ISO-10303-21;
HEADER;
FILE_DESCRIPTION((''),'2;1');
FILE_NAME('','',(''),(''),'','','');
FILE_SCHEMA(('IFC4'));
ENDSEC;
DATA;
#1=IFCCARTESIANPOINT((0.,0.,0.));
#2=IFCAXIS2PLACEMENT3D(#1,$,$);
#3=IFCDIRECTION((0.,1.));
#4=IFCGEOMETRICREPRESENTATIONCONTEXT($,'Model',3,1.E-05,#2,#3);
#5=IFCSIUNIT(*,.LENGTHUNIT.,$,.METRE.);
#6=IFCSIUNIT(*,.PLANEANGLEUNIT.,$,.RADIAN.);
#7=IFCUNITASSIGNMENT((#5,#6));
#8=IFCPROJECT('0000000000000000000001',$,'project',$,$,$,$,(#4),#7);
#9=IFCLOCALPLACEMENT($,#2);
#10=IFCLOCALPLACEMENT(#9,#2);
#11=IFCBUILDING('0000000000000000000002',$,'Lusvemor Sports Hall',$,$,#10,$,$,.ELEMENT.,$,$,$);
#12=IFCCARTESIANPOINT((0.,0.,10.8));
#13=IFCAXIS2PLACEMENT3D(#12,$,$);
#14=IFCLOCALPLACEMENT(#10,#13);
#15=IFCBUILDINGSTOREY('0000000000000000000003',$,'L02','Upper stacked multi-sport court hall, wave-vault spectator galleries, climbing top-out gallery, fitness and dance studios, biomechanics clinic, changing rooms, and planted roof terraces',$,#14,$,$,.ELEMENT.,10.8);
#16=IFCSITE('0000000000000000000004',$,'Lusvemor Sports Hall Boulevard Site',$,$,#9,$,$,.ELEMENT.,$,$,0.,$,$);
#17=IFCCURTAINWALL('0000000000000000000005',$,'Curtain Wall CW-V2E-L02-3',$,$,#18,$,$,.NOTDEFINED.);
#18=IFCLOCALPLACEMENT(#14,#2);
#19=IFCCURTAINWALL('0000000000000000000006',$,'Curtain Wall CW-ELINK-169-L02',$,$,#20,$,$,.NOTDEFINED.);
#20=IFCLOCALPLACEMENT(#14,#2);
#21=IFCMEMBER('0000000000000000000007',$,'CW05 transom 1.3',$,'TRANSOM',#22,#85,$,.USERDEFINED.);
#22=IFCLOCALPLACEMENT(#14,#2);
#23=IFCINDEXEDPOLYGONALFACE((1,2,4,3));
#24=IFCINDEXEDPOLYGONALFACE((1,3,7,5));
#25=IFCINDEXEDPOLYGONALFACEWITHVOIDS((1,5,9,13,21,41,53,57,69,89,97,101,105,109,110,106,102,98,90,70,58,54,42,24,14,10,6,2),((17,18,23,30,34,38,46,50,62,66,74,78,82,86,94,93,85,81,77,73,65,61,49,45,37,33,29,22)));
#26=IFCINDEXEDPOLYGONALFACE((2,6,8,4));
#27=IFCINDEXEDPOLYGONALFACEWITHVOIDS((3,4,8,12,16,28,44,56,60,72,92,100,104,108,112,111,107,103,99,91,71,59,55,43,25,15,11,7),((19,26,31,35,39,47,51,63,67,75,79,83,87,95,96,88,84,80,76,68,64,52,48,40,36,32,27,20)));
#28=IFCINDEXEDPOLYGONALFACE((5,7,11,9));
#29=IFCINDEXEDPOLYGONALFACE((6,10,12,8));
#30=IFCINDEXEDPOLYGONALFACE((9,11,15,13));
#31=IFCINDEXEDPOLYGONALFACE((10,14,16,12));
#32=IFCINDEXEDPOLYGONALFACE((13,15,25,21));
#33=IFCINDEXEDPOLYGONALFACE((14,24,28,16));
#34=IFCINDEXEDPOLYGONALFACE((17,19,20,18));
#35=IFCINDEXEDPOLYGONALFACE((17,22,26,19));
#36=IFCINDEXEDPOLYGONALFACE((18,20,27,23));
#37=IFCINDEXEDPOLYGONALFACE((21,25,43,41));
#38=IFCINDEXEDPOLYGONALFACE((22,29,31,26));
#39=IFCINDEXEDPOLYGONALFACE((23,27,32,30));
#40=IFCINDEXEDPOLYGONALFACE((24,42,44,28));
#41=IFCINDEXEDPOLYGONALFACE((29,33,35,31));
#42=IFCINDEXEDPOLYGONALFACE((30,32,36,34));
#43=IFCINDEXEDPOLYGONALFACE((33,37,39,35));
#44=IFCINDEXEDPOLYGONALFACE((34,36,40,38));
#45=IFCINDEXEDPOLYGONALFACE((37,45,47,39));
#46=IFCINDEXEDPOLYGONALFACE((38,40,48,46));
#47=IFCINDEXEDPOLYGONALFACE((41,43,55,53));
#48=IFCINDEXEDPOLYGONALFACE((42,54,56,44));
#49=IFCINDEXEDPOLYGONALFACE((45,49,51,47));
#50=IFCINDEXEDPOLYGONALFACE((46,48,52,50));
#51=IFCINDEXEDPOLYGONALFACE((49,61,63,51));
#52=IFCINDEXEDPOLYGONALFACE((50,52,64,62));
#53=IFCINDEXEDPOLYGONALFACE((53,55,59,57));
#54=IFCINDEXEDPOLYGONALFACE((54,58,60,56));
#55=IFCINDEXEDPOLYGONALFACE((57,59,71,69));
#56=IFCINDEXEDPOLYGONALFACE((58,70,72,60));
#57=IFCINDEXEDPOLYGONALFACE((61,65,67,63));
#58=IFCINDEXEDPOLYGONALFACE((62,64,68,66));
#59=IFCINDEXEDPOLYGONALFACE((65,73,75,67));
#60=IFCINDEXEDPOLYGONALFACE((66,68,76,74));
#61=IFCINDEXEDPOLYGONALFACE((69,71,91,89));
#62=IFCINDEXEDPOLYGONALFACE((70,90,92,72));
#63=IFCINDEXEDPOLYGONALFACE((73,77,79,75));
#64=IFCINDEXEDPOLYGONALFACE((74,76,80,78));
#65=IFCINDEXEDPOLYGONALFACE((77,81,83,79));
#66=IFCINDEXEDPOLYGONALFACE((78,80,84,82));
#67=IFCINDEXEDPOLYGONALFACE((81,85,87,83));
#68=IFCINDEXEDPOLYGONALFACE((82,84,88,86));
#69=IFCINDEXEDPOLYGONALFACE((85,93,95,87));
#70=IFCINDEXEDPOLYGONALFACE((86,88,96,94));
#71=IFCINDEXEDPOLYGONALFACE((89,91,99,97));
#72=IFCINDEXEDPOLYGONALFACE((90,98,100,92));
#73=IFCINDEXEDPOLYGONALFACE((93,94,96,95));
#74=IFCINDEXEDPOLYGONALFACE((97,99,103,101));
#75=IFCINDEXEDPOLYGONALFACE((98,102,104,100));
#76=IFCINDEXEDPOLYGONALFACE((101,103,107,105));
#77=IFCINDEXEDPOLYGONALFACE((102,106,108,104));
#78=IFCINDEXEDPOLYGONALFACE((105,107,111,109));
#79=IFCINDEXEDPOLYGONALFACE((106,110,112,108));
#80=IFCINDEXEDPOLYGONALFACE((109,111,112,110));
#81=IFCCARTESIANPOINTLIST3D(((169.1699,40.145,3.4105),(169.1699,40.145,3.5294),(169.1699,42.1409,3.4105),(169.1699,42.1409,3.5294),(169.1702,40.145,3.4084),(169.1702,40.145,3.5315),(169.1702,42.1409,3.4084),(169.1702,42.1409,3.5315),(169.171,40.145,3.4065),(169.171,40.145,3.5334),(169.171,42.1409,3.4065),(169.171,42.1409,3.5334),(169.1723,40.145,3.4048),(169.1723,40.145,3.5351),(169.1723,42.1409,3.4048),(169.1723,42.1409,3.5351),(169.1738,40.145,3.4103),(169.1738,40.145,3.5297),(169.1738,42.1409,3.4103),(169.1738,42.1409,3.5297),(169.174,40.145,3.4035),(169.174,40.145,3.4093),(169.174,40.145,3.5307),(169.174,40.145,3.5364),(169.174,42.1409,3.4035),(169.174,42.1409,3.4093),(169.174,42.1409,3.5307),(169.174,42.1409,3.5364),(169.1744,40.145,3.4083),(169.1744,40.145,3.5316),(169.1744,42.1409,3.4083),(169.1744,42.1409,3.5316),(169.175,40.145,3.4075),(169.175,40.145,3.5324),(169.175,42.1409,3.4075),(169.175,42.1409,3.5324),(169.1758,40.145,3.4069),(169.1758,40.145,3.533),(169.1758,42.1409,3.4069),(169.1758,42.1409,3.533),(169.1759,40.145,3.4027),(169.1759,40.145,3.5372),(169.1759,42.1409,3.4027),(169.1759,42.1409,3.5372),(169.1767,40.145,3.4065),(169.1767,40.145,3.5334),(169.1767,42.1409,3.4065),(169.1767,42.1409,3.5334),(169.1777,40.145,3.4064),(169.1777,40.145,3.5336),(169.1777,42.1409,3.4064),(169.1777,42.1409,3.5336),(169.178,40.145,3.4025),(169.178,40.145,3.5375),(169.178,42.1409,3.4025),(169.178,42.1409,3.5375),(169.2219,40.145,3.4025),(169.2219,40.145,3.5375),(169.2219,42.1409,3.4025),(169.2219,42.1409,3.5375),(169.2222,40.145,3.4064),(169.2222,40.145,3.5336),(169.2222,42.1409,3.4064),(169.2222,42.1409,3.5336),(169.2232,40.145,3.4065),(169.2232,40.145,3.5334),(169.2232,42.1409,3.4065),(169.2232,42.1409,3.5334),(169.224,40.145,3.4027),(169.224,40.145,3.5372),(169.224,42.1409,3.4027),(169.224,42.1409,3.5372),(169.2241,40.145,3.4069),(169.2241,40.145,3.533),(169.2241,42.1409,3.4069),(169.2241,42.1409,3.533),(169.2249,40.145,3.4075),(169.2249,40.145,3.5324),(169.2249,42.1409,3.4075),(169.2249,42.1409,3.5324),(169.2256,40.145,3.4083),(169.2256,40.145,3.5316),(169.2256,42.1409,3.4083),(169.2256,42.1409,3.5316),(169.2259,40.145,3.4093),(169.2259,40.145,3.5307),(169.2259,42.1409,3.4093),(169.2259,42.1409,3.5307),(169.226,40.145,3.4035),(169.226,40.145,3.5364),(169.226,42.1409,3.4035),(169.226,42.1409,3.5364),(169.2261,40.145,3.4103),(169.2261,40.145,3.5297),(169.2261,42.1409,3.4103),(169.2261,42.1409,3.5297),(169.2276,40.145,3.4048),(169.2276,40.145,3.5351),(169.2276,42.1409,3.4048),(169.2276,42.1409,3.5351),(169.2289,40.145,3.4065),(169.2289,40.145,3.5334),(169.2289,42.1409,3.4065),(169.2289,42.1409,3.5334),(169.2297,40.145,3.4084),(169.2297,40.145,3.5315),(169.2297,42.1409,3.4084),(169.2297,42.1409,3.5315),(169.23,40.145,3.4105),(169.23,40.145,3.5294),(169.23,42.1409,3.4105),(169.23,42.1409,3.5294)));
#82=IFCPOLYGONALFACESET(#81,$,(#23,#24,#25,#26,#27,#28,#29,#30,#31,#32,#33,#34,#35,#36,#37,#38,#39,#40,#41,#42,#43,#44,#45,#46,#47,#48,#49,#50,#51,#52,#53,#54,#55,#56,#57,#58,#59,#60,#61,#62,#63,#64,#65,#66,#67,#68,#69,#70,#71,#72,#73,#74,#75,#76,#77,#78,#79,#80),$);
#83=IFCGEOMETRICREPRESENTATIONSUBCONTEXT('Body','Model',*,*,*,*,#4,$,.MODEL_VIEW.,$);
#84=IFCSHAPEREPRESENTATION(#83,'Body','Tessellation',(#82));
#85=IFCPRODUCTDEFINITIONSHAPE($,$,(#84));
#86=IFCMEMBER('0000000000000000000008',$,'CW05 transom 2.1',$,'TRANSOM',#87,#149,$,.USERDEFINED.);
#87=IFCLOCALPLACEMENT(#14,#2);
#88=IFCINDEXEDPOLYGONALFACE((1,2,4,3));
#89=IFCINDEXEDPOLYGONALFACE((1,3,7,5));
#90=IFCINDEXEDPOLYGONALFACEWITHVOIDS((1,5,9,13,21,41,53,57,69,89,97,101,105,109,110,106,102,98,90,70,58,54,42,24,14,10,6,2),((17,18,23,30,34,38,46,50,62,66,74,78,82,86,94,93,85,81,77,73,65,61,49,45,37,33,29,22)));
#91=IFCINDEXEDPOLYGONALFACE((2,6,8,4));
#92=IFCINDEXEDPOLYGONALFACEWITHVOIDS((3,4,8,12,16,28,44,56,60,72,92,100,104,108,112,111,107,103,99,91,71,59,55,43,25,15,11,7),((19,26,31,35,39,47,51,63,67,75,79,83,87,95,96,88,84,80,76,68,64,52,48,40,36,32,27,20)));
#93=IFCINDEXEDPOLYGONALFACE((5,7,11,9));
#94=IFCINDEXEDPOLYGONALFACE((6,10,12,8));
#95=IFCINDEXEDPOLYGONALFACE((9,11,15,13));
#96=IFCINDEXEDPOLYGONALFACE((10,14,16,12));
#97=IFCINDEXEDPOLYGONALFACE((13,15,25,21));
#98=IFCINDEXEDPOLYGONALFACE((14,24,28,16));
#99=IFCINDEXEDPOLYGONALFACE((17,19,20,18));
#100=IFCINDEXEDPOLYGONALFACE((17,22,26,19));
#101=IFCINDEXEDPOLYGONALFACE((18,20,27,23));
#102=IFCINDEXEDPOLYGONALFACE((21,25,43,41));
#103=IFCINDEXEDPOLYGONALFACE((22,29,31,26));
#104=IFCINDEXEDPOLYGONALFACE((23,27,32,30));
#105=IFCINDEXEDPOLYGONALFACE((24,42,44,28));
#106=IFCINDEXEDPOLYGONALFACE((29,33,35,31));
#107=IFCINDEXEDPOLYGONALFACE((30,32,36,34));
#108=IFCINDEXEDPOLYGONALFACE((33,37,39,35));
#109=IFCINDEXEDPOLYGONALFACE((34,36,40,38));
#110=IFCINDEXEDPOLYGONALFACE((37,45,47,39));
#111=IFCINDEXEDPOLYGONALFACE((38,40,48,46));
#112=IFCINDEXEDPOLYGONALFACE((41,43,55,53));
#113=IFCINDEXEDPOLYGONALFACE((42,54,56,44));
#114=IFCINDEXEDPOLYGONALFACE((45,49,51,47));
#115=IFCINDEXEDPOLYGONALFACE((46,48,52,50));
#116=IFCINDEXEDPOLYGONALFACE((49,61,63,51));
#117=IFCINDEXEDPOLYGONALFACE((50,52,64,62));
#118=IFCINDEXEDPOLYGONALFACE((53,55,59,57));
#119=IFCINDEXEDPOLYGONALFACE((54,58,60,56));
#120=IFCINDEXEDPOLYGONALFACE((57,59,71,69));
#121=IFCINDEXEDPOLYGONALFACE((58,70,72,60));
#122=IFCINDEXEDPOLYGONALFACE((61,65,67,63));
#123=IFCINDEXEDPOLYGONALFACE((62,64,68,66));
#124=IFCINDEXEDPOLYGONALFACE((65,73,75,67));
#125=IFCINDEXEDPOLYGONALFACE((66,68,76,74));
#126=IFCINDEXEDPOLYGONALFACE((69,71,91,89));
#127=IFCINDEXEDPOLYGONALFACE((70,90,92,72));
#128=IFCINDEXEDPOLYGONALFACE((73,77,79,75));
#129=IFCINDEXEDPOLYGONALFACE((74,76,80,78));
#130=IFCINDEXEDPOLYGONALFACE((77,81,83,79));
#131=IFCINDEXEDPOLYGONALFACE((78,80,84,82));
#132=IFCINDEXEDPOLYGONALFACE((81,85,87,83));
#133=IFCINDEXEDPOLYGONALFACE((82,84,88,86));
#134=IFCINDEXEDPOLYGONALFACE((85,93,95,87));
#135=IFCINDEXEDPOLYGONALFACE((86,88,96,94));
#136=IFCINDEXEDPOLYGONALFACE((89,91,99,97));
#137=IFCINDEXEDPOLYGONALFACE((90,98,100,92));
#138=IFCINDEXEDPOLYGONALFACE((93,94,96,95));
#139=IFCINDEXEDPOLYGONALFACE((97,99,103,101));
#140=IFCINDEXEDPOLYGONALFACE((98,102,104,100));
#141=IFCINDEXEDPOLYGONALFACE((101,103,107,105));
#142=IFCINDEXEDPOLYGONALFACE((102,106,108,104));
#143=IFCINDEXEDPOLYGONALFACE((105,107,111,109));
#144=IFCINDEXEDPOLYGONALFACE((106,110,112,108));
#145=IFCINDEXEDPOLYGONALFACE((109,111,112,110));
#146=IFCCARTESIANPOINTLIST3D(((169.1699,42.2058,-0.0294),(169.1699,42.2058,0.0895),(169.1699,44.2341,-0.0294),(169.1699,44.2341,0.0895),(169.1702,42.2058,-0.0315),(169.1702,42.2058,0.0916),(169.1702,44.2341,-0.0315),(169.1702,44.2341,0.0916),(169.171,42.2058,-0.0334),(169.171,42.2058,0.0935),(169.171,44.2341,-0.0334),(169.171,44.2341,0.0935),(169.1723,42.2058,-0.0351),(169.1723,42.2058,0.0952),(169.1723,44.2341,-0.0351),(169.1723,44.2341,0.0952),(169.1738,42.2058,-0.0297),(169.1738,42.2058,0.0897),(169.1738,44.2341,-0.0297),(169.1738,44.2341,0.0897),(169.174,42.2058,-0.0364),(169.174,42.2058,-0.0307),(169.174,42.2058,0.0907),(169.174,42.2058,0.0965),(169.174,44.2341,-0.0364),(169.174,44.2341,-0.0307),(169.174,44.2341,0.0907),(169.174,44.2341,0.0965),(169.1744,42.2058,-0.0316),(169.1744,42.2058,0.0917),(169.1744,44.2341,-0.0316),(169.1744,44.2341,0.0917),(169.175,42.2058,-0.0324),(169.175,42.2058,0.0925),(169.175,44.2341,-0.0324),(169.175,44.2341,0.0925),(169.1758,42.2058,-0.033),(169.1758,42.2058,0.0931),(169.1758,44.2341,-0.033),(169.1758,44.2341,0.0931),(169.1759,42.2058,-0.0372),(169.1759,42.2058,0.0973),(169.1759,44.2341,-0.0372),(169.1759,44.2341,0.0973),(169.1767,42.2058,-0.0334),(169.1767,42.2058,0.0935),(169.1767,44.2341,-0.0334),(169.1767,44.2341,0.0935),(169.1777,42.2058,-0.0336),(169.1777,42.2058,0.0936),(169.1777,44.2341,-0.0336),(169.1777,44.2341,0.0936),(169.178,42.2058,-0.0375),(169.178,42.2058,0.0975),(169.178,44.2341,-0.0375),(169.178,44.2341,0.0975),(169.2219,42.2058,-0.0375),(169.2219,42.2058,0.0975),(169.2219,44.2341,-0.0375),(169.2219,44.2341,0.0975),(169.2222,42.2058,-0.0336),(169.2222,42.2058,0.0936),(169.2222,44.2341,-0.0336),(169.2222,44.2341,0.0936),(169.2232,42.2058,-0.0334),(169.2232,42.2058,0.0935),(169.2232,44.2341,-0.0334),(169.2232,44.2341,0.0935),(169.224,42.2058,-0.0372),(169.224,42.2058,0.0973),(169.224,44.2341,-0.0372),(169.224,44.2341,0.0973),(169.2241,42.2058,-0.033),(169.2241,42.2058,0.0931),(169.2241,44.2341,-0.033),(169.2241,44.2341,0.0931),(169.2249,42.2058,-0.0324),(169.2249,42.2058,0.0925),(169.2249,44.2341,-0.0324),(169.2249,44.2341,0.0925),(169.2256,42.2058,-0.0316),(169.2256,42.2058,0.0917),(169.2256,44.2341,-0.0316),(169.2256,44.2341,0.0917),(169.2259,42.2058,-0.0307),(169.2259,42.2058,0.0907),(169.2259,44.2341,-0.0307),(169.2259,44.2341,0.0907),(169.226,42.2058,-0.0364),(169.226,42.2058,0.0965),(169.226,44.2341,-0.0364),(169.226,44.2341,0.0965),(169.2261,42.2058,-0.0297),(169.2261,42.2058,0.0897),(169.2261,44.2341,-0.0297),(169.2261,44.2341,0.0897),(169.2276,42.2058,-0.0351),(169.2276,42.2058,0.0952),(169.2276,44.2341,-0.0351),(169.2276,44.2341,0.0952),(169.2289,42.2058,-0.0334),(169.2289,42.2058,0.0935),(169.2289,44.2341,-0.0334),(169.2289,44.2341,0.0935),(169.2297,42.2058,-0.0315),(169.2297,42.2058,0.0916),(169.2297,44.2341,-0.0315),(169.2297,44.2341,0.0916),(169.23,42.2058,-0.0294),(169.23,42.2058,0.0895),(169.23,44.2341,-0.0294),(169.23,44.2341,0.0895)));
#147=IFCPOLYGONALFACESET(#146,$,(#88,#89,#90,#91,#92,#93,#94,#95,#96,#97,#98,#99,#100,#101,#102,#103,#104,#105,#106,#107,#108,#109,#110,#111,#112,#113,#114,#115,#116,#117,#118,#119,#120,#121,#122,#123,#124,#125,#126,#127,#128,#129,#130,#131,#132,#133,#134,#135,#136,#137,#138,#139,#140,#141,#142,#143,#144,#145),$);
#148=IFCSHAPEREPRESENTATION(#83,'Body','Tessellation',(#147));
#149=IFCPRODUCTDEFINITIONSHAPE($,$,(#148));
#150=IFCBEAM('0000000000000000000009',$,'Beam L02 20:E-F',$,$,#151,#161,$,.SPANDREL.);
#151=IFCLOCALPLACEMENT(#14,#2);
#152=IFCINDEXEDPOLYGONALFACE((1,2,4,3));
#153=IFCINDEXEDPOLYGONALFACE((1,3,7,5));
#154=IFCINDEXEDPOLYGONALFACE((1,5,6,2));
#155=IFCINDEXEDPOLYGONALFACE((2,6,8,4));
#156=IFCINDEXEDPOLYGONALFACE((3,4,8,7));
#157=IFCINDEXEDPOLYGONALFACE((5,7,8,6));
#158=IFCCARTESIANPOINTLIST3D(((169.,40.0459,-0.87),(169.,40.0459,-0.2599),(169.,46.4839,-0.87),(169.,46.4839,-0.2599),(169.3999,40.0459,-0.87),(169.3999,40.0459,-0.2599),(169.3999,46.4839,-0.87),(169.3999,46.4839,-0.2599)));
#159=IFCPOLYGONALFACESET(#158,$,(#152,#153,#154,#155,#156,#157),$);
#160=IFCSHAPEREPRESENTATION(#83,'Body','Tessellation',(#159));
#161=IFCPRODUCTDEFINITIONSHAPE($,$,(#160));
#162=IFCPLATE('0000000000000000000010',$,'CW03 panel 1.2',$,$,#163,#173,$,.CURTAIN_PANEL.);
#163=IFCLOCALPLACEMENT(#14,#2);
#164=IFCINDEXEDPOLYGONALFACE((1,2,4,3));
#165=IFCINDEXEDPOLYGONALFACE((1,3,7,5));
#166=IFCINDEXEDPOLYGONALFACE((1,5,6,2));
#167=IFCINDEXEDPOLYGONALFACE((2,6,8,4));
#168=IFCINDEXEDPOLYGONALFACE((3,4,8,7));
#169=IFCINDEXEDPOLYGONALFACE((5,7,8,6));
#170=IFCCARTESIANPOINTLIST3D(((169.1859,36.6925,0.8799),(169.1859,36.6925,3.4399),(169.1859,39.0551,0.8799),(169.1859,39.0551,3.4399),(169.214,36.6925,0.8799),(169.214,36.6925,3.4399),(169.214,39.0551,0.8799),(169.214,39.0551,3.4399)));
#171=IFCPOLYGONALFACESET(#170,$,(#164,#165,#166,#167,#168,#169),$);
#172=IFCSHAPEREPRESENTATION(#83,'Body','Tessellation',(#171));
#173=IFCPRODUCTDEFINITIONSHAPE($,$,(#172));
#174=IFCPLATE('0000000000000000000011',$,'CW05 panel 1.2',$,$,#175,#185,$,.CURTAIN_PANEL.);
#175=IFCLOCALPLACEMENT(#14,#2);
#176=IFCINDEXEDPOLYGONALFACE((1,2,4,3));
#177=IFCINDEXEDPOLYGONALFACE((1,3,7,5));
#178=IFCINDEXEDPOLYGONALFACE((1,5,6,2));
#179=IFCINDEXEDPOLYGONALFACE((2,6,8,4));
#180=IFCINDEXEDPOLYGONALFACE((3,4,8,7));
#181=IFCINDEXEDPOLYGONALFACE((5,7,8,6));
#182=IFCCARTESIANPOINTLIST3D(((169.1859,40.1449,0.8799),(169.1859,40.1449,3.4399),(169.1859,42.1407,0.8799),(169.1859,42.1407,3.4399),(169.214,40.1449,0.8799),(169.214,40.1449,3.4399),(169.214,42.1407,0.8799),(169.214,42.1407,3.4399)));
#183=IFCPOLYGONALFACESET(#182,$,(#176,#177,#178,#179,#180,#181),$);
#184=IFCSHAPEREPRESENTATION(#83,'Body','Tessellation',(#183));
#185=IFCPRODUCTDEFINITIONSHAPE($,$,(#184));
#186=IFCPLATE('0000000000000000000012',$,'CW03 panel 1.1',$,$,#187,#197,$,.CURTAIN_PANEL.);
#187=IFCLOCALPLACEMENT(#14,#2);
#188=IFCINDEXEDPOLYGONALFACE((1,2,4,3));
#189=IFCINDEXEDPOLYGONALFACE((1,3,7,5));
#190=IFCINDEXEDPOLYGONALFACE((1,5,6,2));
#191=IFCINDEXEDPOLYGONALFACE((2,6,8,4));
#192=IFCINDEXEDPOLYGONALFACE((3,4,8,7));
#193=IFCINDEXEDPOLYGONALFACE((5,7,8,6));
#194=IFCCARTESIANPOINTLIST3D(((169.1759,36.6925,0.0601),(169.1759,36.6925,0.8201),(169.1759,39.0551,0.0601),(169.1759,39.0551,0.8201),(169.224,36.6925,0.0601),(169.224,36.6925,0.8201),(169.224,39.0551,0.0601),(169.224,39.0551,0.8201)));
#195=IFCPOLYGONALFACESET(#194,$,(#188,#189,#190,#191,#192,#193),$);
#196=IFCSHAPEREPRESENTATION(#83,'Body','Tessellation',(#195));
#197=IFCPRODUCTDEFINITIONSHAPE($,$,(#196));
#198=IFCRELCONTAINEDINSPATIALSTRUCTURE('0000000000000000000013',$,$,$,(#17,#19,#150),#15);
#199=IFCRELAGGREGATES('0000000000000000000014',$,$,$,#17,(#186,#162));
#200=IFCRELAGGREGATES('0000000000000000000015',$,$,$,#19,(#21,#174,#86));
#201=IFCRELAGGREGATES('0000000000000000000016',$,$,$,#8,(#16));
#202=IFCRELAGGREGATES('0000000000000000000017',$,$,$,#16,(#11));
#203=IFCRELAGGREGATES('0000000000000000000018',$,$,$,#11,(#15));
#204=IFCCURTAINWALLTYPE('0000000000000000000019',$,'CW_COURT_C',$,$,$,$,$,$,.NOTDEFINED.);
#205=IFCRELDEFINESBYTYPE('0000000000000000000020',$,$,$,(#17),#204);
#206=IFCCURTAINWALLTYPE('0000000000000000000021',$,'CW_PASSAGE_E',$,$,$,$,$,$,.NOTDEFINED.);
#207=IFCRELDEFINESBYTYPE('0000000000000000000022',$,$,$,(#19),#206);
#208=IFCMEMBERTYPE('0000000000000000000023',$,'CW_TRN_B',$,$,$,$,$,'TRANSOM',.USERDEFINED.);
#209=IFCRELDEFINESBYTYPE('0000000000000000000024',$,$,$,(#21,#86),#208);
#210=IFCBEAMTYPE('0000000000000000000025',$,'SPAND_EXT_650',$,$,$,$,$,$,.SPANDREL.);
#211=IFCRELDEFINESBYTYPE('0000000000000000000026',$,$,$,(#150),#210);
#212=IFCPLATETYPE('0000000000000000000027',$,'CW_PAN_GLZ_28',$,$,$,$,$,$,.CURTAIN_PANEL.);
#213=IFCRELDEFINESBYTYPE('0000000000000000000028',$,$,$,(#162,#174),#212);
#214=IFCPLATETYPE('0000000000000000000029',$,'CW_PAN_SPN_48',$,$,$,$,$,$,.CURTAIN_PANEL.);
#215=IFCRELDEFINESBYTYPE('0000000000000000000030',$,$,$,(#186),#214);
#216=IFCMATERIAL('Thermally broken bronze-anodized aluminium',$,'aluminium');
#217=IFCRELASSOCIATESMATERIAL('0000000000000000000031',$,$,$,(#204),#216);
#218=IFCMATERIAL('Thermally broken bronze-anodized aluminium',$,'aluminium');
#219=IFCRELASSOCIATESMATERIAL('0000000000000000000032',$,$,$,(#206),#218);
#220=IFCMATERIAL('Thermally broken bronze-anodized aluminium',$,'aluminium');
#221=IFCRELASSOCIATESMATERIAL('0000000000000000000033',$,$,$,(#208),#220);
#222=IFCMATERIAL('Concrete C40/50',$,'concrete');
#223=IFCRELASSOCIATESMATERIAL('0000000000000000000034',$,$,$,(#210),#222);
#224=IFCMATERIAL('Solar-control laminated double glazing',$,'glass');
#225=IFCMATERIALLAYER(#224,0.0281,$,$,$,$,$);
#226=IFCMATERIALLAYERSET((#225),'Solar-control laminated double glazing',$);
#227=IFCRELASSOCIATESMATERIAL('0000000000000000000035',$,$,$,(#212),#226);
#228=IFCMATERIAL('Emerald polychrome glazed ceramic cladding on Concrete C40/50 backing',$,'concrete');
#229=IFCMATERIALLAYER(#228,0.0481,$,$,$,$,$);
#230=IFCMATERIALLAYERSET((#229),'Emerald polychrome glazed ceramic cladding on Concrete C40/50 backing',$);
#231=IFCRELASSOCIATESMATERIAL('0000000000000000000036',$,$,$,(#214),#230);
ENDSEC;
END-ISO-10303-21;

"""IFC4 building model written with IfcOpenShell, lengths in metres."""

from ifc_helpers import new_model, si_unit, direction, frame, origin, origin_2d, place, context, subcontext, project, spatial, rectangle, hollow_rectangle, extrude, material, layer, layer_set, material_profile, profile_set, type_object, element, aggregate, save


model = new_model("IFC4")

# Units and contexts
model_context = context("Model", 3, precision=1e-05, world=origin(), true_north=direction((0.0, 1.0)))
body_context = subcontext(model_context, "Body", "Model", "MODEL_VIEW")
ifc_project = project(units=[si_unit("LENGTHUNIT", "METRE"), si_unit("PLANEANGLEUNIT", "RADIAN")], contexts=[model_context])

# Site, building, storey
site_placement = place(None, origin())
site = spatial("IfcSite", under=ifc_project, at=site_placement, Name="Lusvemor Sports Hall Boulevard Site", CompositionType="ELEMENT", RefElevation=0.0)
building_placement = place(site_placement, origin())
building = spatial("IfcBuilding", under=site, at=building_placement, Name="Lusvemor Sports Hall", CompositionType="ELEMENT")
storey_placement = place(building_placement, frame((0.0, 0.0, 10.8)))
storey = spatial("IfcBuildingStorey", under=building, at=storey_placement, Name="L02", Description="Upper stacked multi-sport court hall, wave-vault spectator galleries, climbing top-out gallery, fitness and dance studios, biomechanics clinic, changing rooms, and planted roof terraces", CompositionType="ELEMENT", Elevation=10.8)

# Curtain walls
ifc_material_1 = material(Name="Thermally broken bronze-anodized aluminium", Category="aluminium")
curtain_wall_type_1 = type_object("IfcCurtainWallType", Name="CW_COURT_C", PredefinedType="NOTDEFINED", material=ifc_material_1)
curtain_wall_1_placement = place(storey_placement, origin())
curtain_wall_1 = element("IfcCurtainWall", 1, at=curtain_wall_1_placement, inside=storey, type_object=curtain_wall_type_1, Name="Curtain Wall CW-V2E-L02-3", PredefinedType="NOTDEFINED")
ifc_material_2 = material(Name="Thermally broken bronze-anodized aluminium", Category="aluminium")
curtain_wall_type_2 = type_object("IfcCurtainWallType", Name="CW_PASSAGE_E", PredefinedType="NOTDEFINED", material=ifc_material_2)
curtain_wall_2_placement = place(storey_placement, origin())
curtain_wall_2 = element("IfcCurtainWall", 2, at=curtain_wall_2_placement, inside=storey, type_object=curtain_wall_type_2, Name="Curtain Wall CW-ELINK-169-L02", PredefinedType="NOTDEFINED")

# Members
ifc_material_3 = material(Name="Thermally broken bronze-anodized aluminium", Category="aluminium")
ifc_material_profile_1 = material_profile(ifc_material_3, hollow_rectangle(XDim=0.0601, YDim=0.135, WallThickness=0.0039, InnerFilletRadius=0.0039, OuterFilletRadius=0.0081, at=origin_2d()), Name="CWTRN135x60x4")
ifc_profile_set_1 = profile_set([ifc_material_profile_1], Name="Thermally broken bronze-anodized aluminium")
member_type_1 = type_object("IfcMemberType", Name="CW_TRN_B", ElementType="TRANSOM", PredefinedType="USERDEFINED", material=ifc_profile_set_1)
member_1_placement = place(storey_placement, frame((169.2, 40.145, 3.47), z_axis=(0.0, 1.0, 0.0), x_axis=(-1.0, 0.0, 0.0)))
member_1 = element("IfcMember", 3, at=member_1_placement, type_object=member_type_1, Name="CW05 transom 1.3", ObjectType="TRANSOM", PredefinedType="USERDEFINED", context=body_context, shape_type="SweptSolid", body=[
    extrude(hollow_rectangle(XDim=0.0601, YDim=0.135, WallThickness=0.0039, InnerFilletRadius=0.0039, OuterFilletRadius=0.0081, at=origin_2d()), origin(), (0.0, 0.0, 1.0), 1.9958),
])
member_2_placement = place(storey_placement, frame((169.2, 42.2058, 0.03), z_axis=(0.0, 1.0, 0.0), x_axis=(-1.0, 0.0, 0.0)))
member_2 = element("IfcMember", 4, at=member_2_placement, type_object=member_type_1, Name="CW05 transom 2.1", ObjectType="TRANSOM", PredefinedType="USERDEFINED", context=body_context, shape_type="SweptSolid", body=[
    extrude(hollow_rectangle(XDim=0.0601, YDim=0.135, WallThickness=0.0039, InnerFilletRadius=0.0039, OuterFilletRadius=0.0081, at=origin_2d()), origin(), (0.0, 0.0, 1.0), 2.0283),
])

# Beam
ifc_material_4 = material(Name="Concrete C40/50", Category="concrete")
ifc_material_profile_2 = material_profile(ifc_material_4, rectangle(XDim=0.3999, YDim=0.6101, at=origin_2d()), Name="RC400x610")
ifc_profile_set_2 = profile_set([ifc_material_profile_2], Name="Concrete C40/50")
beam_type = type_object("IfcBeamType", Name="SPAND_EXT_650", PredefinedType="SPANDREL", material=ifc_profile_set_2)
beam_placement = place(storey_placement, frame((169.2, 40.0459, -0.5649), z_axis=(0.0, 1.0, 0.0), x_axis=(-1.0, 0.0, 0.0)))
element("IfcBeam", 5, at=beam_placement, inside=storey, type_object=beam_type, Name="Beam L02 20:E-F", PredefinedType="SPANDREL", context=body_context, shape_type="SweptSolid", body=[
    extrude(rectangle(XDim=0.3999, YDim=0.6101, at=origin_2d()), origin(), (0.0, 0.0, 1.0), 6.438),
])

# Plates
ifc_material_5 = material(Name="Solar-control laminated double glazing", Category="glass")
ifc_layer_1 = layer(ifc_material_5, 0.0281)
ifc_layer_set_1 = layer_set([ifc_layer_1], Name="Solar-control laminated double glazing")
plate_type_1 = type_object("IfcPlateType", Name="CW_PAN_GLZ_28", PredefinedType="CURTAIN_PANEL", material=ifc_layer_set_1)
plate_1_placement = place(storey_placement, frame((169.2, 37.8738, 0.8799), z_axis=(0.0, 0.0, 1.0), x_axis=(0.0, -1.0, 0.0)))
plate_1 = element("IfcPlate", 6, at=plate_1_placement, type_object=plate_type_1, Name="CW03 panel 1.2", PredefinedType="CURTAIN_PANEL", context=body_context, shape_type="SweptSolid", body=[
    extrude(rectangle(XDim=2.3625, YDim=0.0281, at=origin_2d()), origin(), (0.0, 0.0, 1.0), 2.5601),
])
plate_2_placement = place(storey_placement, frame((169.2, 41.1428, 0.8799), z_axis=(0.0, 0.0, 1.0), x_axis=(0.0, 1.0, 0.0)))
plate_2 = element("IfcPlate", 7, at=plate_2_placement, type_object=plate_type_1, Name="CW05 panel 1.2", PredefinedType="CURTAIN_PANEL", context=body_context, shape_type="SweptSolid", body=[
    extrude(rectangle(XDim=1.9958, YDim=0.0281, at=origin_2d()), origin(), (0.0, 0.0, 1.0), 2.5601),
])
ifc_material_6 = material(Name="Emerald polychrome glazed ceramic cladding on Concrete C40/50 backing", Category="concrete")
ifc_layer_2 = layer(ifc_material_6, 0.0481)
ifc_layer_set_2 = layer_set([ifc_layer_2], Name="Emerald polychrome glazed ceramic cladding on Concrete C40/50 backing")
plate_type_2 = type_object("IfcPlateType", Name="CW_PAN_SPN_48", PredefinedType="CURTAIN_PANEL", material=ifc_layer_set_2)
plate_3_placement = place(storey_placement, frame((169.2, 37.8738, 0.0601), z_axis=(0.0, 0.0, 1.0), x_axis=(0.0, -1.0, 0.0)))
plate_3 = element("IfcPlate", 8, at=plate_3_placement, type_object=plate_type_2, Name="CW03 panel 1.1", PredefinedType="CURTAIN_PANEL", context=body_context, shape_type="SweptSolid", body=[
    extrude(rectangle(XDim=2.3625, YDim=0.0481, at=origin_2d()), origin(), (0.0, 0.0, 1.0), 0.76),
])
aggregate(curtain_wall_1, [plate_3, plate_1])
aggregate(curtain_wall_2, [member_1, plate_2, member_2])

save(model, "model.ifc")
